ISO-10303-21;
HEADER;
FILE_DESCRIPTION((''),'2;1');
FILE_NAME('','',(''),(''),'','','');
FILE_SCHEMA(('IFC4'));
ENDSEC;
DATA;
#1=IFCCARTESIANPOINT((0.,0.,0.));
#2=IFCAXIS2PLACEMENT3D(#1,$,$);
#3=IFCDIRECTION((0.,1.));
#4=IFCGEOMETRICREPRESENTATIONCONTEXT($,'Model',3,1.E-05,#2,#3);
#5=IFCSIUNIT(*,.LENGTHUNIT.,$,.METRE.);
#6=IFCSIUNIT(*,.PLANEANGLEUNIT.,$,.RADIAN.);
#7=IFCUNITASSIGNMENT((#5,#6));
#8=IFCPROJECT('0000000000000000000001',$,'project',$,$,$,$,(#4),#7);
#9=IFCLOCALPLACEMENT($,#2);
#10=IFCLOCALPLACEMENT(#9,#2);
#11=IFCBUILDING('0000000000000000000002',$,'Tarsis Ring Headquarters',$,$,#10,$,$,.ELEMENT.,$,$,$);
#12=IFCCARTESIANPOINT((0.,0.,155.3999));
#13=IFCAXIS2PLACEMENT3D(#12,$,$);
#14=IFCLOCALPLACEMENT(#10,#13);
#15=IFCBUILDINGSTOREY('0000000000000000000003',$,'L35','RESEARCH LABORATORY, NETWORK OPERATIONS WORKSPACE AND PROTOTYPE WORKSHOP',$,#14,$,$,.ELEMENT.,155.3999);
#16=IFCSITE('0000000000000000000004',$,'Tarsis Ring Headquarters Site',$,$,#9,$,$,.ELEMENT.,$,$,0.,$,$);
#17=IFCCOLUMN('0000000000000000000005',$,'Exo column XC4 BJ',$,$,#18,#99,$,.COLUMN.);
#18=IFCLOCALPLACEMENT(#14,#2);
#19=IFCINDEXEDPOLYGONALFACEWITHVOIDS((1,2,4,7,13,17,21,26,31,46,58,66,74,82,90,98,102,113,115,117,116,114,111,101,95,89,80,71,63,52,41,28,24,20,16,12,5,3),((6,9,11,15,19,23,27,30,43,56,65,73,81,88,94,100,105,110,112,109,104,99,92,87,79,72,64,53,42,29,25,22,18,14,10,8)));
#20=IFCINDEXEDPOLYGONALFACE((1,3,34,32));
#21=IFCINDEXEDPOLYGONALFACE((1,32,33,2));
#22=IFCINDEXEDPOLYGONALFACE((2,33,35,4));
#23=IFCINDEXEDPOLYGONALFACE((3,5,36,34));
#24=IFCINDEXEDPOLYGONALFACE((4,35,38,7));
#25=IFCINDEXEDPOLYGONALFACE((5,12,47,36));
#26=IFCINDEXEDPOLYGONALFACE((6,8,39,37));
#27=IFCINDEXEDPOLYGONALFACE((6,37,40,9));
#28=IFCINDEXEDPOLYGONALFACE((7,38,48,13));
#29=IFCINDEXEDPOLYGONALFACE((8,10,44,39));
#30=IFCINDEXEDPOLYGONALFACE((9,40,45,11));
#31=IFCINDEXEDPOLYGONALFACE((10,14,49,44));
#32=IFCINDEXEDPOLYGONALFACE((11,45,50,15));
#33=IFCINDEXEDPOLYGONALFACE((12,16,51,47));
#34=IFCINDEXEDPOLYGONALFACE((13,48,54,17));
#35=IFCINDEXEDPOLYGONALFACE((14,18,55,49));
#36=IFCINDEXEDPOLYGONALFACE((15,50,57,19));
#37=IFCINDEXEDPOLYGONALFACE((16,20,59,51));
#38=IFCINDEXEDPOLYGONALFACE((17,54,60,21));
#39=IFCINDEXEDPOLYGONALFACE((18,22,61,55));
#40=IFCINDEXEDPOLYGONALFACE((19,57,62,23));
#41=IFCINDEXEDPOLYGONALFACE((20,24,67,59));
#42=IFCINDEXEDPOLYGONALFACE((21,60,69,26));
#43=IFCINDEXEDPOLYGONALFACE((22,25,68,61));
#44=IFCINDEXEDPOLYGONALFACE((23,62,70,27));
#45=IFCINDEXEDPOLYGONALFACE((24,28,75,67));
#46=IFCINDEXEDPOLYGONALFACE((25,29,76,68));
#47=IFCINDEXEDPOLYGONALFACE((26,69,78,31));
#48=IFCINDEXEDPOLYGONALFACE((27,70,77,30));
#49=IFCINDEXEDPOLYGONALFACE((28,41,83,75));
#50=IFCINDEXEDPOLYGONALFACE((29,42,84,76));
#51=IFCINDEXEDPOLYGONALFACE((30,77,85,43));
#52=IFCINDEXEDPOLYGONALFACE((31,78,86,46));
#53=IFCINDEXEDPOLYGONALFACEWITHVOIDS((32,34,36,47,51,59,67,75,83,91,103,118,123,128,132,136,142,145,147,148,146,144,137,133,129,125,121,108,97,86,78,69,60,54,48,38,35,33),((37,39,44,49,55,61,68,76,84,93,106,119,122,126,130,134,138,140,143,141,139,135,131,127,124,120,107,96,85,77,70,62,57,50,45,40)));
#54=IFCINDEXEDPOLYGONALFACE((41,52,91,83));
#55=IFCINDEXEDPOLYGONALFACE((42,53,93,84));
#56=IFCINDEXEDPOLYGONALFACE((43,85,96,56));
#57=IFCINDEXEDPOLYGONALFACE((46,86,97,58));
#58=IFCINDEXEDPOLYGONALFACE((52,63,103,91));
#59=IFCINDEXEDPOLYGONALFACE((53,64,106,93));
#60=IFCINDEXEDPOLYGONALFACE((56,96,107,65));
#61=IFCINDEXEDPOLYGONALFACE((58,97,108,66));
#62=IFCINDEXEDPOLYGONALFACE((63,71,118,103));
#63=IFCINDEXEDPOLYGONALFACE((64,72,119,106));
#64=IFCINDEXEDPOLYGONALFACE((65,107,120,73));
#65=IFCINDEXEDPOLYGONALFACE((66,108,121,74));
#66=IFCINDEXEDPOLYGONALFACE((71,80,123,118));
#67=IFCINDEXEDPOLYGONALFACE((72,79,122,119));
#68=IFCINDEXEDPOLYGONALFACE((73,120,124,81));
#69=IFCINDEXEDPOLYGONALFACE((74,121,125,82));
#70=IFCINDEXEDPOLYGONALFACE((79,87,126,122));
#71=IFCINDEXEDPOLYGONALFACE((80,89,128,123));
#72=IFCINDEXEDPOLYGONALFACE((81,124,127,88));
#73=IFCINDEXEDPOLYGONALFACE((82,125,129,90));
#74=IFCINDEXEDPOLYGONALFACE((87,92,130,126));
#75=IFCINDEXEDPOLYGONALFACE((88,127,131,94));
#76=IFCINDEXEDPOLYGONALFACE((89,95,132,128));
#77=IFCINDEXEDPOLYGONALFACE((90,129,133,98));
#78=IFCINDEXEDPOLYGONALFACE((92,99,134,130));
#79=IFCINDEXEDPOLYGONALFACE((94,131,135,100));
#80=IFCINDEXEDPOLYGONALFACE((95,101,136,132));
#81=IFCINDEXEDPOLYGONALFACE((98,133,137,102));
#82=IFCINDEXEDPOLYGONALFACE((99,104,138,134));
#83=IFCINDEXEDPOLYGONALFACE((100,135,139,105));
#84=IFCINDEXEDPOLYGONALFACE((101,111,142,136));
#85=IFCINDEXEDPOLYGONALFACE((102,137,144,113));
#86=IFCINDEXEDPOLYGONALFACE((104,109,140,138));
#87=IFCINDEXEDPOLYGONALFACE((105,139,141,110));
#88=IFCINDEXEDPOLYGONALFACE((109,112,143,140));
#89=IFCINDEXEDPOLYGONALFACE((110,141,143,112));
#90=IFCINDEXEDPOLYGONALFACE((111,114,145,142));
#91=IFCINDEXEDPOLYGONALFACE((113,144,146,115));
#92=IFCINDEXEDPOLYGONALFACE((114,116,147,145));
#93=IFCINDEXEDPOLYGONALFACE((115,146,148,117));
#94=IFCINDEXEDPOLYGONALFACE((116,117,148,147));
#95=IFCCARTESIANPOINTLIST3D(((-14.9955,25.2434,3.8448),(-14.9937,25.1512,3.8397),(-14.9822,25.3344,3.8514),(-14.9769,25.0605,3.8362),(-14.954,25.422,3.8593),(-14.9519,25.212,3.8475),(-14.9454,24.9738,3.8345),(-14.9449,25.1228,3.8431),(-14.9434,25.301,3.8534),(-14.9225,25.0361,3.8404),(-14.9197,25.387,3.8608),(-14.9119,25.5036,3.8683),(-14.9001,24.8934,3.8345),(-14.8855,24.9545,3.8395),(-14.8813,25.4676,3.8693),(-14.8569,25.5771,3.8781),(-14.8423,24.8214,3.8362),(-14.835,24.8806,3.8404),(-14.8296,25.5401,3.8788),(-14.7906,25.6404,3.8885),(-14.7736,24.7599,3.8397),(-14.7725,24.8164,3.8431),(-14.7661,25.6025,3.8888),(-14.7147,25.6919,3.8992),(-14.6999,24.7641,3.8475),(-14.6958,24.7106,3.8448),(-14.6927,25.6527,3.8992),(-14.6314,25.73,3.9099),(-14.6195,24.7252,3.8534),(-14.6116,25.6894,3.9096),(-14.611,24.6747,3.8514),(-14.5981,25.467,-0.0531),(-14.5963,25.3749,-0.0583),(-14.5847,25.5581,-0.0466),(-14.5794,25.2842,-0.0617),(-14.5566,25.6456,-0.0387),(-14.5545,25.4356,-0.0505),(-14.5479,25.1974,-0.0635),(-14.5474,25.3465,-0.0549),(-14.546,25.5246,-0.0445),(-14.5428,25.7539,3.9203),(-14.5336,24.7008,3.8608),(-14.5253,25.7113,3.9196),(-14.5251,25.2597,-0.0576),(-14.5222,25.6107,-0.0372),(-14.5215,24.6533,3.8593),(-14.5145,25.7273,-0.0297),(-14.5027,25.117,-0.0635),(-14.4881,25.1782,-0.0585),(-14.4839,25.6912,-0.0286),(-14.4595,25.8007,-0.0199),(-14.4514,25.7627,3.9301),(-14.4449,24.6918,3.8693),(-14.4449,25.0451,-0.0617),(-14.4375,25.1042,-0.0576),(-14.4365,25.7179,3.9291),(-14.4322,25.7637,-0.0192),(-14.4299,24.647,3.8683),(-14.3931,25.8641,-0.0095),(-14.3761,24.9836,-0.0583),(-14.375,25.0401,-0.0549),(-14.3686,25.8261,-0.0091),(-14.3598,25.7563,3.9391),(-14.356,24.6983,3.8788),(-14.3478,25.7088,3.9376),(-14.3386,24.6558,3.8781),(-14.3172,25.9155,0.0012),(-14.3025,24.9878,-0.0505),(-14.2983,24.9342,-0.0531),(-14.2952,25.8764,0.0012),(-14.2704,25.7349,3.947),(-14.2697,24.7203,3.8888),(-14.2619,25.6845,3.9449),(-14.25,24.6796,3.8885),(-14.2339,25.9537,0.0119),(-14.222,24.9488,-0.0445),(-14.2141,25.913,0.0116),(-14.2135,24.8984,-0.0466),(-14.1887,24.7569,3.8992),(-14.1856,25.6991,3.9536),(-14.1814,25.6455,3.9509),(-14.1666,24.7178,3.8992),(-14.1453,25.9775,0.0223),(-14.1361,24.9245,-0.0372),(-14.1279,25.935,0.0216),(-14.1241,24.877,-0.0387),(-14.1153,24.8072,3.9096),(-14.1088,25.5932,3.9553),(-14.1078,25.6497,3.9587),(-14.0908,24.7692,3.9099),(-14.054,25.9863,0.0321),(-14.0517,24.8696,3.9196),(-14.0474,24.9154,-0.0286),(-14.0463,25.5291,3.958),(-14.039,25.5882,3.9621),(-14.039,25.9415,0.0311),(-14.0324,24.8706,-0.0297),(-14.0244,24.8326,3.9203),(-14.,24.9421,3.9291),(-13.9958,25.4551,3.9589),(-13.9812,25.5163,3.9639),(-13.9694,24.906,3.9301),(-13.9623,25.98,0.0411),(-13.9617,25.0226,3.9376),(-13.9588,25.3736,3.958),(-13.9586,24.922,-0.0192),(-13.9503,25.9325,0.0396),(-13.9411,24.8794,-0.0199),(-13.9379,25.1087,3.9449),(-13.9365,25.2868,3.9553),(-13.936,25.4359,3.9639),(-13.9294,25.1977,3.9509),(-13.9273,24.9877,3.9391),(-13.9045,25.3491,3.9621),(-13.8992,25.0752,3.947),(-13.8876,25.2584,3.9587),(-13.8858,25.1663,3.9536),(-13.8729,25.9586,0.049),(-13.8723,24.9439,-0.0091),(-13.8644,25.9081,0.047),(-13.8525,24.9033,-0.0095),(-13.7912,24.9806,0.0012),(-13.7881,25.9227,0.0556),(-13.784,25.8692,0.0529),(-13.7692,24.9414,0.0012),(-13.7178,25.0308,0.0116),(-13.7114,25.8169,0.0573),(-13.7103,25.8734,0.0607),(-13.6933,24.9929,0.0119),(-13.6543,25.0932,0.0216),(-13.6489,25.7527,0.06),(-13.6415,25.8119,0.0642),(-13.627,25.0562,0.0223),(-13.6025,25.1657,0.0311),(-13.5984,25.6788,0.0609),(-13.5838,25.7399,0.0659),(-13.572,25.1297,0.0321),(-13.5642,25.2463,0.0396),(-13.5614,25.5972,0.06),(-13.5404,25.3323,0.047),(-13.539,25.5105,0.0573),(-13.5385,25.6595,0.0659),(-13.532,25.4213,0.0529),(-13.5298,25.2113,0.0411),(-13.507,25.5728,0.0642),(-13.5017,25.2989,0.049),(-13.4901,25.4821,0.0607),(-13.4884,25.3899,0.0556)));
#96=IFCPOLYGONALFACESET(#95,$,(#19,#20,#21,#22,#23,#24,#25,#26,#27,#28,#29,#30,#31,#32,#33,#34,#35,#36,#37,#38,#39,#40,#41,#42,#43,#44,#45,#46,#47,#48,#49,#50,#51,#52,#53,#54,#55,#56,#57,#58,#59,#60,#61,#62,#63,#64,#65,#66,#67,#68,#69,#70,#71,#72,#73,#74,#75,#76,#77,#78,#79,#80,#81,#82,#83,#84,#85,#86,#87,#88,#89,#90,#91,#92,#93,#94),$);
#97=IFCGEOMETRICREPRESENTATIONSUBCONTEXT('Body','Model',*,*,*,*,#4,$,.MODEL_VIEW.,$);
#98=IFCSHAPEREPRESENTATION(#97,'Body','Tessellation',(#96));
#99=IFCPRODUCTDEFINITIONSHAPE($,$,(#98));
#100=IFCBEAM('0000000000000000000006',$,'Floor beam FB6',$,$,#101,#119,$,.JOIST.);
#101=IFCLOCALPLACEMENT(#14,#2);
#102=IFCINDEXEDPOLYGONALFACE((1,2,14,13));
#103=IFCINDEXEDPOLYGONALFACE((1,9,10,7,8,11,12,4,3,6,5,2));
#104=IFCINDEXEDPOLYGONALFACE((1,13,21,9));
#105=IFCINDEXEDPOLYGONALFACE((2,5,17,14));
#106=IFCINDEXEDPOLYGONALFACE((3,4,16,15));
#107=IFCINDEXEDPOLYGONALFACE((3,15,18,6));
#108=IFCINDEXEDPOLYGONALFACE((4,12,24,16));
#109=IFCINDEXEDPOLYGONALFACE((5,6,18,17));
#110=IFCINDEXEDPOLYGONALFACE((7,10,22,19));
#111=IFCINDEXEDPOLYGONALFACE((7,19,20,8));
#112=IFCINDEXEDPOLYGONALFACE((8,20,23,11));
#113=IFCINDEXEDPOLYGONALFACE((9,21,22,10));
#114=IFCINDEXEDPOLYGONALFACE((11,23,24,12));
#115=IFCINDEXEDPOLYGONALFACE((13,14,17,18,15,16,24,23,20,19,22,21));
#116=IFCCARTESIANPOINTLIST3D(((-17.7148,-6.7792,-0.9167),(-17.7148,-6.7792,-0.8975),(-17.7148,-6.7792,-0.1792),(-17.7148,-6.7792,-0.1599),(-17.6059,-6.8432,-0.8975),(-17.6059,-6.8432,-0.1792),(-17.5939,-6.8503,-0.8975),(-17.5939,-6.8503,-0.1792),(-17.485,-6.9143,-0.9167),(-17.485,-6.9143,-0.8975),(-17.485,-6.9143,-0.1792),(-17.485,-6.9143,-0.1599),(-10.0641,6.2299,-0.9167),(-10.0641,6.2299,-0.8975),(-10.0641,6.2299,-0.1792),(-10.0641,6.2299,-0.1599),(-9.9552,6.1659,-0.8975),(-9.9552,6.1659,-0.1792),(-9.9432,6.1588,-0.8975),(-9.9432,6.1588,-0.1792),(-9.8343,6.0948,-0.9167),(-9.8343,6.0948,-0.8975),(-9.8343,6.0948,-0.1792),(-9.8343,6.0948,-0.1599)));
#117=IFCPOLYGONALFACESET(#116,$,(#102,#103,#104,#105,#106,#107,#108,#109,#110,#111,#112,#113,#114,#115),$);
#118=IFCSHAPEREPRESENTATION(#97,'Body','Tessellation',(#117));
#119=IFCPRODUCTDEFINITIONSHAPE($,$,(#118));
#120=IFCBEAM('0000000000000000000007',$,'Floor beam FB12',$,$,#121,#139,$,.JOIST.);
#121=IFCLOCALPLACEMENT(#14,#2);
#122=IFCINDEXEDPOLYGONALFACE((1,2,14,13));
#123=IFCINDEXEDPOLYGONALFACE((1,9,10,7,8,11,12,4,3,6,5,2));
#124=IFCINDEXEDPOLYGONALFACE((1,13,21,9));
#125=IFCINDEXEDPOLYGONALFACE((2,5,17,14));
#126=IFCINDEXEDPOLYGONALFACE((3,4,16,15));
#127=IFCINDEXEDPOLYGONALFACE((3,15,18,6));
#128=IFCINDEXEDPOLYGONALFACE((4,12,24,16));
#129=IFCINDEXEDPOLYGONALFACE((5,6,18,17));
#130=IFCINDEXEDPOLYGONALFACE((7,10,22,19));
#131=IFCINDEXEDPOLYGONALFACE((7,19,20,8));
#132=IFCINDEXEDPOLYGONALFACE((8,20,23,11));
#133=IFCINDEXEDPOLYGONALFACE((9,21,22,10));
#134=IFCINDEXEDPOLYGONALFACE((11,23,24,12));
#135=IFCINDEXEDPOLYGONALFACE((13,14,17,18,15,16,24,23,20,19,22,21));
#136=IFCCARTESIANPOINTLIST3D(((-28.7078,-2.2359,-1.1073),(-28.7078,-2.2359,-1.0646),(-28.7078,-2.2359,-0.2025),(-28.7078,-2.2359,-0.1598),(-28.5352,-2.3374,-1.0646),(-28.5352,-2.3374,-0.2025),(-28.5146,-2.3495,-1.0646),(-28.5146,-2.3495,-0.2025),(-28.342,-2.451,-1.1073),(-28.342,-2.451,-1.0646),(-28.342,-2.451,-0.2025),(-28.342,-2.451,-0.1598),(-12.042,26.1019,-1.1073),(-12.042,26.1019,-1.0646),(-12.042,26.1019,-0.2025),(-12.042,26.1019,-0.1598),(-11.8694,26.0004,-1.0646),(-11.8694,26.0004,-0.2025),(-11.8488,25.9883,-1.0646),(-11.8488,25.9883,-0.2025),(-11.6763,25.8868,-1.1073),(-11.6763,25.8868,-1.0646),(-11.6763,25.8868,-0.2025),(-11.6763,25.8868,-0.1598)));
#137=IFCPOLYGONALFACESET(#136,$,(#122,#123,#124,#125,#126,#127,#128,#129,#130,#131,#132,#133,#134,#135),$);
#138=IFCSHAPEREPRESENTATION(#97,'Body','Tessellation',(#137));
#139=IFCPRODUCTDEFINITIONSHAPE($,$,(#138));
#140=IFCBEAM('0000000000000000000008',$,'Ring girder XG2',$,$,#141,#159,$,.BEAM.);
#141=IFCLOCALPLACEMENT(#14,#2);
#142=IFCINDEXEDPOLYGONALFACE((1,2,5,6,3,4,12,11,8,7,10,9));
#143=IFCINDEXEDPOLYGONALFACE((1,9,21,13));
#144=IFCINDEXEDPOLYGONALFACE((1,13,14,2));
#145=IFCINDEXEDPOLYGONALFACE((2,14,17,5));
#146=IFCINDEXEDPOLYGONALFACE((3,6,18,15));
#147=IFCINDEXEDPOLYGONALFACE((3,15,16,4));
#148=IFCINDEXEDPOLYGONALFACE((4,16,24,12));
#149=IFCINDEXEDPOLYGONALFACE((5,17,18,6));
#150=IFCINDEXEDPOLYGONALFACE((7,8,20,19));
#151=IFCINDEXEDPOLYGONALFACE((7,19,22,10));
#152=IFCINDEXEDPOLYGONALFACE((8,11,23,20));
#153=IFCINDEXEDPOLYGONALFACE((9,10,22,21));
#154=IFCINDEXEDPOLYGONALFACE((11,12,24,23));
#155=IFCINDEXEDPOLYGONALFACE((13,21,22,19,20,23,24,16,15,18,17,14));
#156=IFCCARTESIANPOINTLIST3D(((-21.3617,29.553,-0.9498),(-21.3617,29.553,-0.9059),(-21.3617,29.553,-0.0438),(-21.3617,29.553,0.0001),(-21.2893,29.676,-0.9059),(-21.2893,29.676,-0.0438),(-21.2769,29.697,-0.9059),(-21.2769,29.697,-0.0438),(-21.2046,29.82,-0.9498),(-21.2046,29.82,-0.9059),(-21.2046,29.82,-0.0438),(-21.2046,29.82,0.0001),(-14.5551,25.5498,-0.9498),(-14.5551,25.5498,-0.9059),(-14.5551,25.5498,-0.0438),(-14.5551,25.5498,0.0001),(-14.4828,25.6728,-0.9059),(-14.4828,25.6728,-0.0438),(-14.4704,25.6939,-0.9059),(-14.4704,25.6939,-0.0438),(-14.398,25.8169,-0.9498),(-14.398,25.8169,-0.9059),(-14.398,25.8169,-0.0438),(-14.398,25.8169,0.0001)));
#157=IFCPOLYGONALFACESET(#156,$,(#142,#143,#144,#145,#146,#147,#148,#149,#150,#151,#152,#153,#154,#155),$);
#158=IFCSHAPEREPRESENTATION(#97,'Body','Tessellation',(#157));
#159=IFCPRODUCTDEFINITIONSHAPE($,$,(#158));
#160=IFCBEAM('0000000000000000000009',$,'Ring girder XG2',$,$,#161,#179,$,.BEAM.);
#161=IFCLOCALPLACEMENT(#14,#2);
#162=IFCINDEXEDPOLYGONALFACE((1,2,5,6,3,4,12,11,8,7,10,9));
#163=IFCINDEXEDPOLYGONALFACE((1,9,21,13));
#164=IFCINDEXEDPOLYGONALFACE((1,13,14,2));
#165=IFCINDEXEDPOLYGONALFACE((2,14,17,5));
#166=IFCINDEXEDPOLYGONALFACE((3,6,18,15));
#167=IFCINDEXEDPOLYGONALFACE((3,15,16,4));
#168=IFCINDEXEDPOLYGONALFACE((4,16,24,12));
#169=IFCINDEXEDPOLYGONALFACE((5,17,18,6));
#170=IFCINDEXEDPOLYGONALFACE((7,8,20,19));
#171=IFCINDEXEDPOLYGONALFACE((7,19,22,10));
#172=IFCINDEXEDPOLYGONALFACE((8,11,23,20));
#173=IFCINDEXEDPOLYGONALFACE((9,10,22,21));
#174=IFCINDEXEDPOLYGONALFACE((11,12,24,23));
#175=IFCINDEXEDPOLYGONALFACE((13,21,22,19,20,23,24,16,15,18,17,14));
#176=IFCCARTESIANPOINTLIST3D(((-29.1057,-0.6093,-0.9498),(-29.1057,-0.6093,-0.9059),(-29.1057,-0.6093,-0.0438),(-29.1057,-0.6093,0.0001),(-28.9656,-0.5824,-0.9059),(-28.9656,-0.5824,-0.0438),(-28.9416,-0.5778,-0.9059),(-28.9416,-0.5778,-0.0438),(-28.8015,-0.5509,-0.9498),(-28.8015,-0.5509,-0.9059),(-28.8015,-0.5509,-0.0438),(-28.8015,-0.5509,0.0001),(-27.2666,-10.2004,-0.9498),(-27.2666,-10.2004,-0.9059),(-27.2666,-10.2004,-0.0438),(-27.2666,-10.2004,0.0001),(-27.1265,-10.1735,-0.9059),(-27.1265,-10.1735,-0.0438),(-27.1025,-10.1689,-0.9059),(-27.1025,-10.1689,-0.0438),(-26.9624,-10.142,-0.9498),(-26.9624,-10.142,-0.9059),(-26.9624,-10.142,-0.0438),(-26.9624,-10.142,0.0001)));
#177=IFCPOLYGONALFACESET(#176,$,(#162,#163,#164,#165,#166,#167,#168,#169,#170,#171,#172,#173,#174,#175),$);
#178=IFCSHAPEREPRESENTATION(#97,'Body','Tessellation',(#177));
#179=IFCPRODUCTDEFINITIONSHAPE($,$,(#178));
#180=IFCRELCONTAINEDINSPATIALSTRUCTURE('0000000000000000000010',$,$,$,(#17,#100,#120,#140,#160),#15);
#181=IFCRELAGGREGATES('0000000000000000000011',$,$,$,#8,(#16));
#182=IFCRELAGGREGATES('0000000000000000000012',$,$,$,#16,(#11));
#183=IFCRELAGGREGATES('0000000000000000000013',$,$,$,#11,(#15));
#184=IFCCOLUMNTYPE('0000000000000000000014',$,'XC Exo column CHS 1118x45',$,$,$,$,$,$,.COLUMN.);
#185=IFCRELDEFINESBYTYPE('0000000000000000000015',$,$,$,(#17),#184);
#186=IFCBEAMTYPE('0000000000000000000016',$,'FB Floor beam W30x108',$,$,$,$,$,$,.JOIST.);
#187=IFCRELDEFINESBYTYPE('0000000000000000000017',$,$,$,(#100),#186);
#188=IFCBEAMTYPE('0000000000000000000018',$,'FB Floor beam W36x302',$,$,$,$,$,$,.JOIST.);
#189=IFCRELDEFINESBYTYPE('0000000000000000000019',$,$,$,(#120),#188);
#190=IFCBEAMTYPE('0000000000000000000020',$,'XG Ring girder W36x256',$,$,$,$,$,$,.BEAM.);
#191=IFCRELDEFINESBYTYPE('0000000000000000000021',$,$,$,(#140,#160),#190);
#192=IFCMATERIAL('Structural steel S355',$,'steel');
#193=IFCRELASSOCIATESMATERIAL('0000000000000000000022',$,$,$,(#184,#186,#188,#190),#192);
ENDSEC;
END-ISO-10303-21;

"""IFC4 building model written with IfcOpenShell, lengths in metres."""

from ifc_helpers import new_model, si_unit, direction, frame, origin, origin_2d, place, context, subcontext, project, spatial, hollow_circle, i_section, extrude, material, material_profile, profile_set, type_object, element, save


model = new_model("IFC4")

# Units and contexts
model_context = context("Model", 3, precision=1e-05, world=origin(), true_north=direction((0.0, 1.0)))
body_context = subcontext(model_context, "Body", "Model", "MODEL_VIEW")
ifc_project = project(units=[si_unit("LENGTHUNIT", "METRE"), si_unit("PLANEANGLEUNIT", "RADIAN")], contexts=[model_context])

# Site, building, storey
site_placement = place(None, origin())
site = spatial("IfcSite", under=ifc_project, at=site_placement, Name="Tarsis Ring Headquarters Site", CompositionType="ELEMENT", RefElevation=0.0)
building_placement = place(site_placement, origin())
building = spatial("IfcBuilding", under=site, at=building_placement, Name="Tarsis Ring Headquarters", CompositionType="ELEMENT")
storey_placement = place(building_placement, frame((0.0, 0.0, 155.3999)))
storey = spatial("IfcBuildingStorey", under=building, at=storey_placement, Name="L35", Description="RESEARCH LABORATORY, NETWORK OPERATIONS WORKSPACE AND PROTOTYPE WORKSHOP", CompositionType="ELEMENT", Elevation=155.3999)

# Column
ifc_material_1 = material(Name="Structural steel S355", Category="steel")
ifc_material_profile_1 = material_profile(ifc_material_1, hollow_circle(Radius=0.5588, WallThickness=0.0449, at=origin_2d()), Name="CHS 1118x45")
ifc_profile_set_1 = profile_set([ifc_material_profile_1], Name="Structural steel S355")
column_type = type_object("IfcColumnType", Name="XC Exo column CHS 1118x45", PredefinedType="COLUMN", material=ifc_profile_set_1)
column_placement = place(storey_placement, frame((-14.0432, 25.4285, 0.0012), z_axis=(-0.101276, -0.056983, 0.993225), x_axis=(0.490363, -0.871518, 0.0)))
element("IfcColumn", 1, at=column_placement, inside=storey, type_object=column_type, Name="Exo column XC4 BJ", PredefinedType="COLUMN", context=body_context, shape_type="SweptSolid", body=[
    extrude(hollow_circle(Radius=0.5588, WallThickness=0.0449, at=origin_2d()), origin(), (0.0, 0.0, 1.0), 3.9246),
])

# Beams
ifc_material_profile_2 = material_profile(ifc_material_1, i_section(OverallWidth=0.2666, OverallDepth=0.7568, WebThickness=0.0139, FlangeThickness=0.0193, at=origin_2d()), Name="W30x108")
ifc_profile_set_2 = profile_set([ifc_material_profile_2], Name="Structural steel S355")
beam_type_1 = type_object("IfcBeamType", Name="FB Floor beam W30x108", PredefinedType="JOIST", material=ifc_profile_set_2)
beam_1_placement = place(storey_placement, frame((-9.9492, 6.1624, -0.5383), z_axis=(-0.506935, -0.861985, 0.0), x_axis=(0.861985, -0.506935, 0.0)))
element("IfcBeam", 2, at=beam_1_placement, inside=storey, type_object=beam_type_1, Name="Floor beam FB6", PredefinedType="JOIST", context=body_context, shape_type="SweptSolid", body=[
    extrude(i_section(OverallWidth=0.2666, OverallDepth=0.7568, WebThickness=0.0139, FlangeThickness=0.0193, at=origin_2d()), origin(), (0.0, 0.0, 1.0), 15.092),
])
ifc_material_profile_3 = material_profile(ifc_material_1, i_section(OverallWidth=0.4243, OverallDepth=0.9475, WebThickness=0.0239, FlangeThickness=0.0427, at=origin_2d()), Name="W36x302")
ifc_profile_set_3 = profile_set([ifc_material_profile_3], Name="Structural steel S355")
beam_type_2 = type_object("IfcBeamType", Name="FB Floor beam W36x302", PredefinedType="JOIST", material=ifc_profile_set_3)
beam_2_placement = place(storey_placement, frame((-11.8591, 25.9944, -0.6335), z_axis=(-0.506939, -0.861982, 0.0), x_axis=(0.861982, -0.506939, 0.0)))
element("IfcBeam", 3, at=beam_2_placement, inside=storey, type_object=beam_type_2, Name="Floor beam FB12", PredefinedType="JOIST", context=body_context, shape_type="SweptSolid", body=[
    extrude(i_section(OverallWidth=0.4243, OverallDepth=0.9475, WebThickness=0.0239, FlangeThickness=0.0427, at=origin_2d()), origin(), (0.0, 0.0, 1.0), 32.8752),
])
ifc_material_profile_4 = material_profile(ifc_material_1, i_section(OverallWidth=0.3098, OverallDepth=0.95, WebThickness=0.0244, FlangeThickness=0.0439, at=origin_2d()), Name="W36x256")
ifc_profile_set_4 = profile_set([ifc_material_profile_4], Name="Structural steel S355")
beam_type_3 = type_object("IfcBeamType", Name="XG Ring girder W36x256", PredefinedType="BEAM", material=ifc_profile_set_4)
beam_3_placement = place(storey_placement, frame((-14.4766, 25.6833, -0.4749), z_axis=(-0.861975, 0.506951, 0.0), x_axis=(-0.506951, -0.861975, 0.0)))
element("IfcBeam", 4, at=beam_3_placement, inside=storey, type_object=beam_type_3, Name="Ring girder XG2", PredefinedType="BEAM", context=body_context, shape_type="SweptSolid", body=[
    extrude(i_section(OverallWidth=0.3098, OverallDepth=0.95, WebThickness=0.0244, FlangeThickness=0.0439, at=origin_2d()), origin(), (0.0, 0.0, 1.0), 7.8965),
])
beam_4_placement = place(storey_placement, frame((-28.9536, -0.5801, -0.4749), z_axis=(0.188322, -0.982107, 0.0), x_axis=(0.982107, 0.188322, 0.0)))
element("IfcBeam", 5, at=beam_4_placement, inside=storey, type_object=beam_type_3, Name="Ring girder XG2", PredefinedType="BEAM", context=body_context, shape_type="SweptSolid", body=[
    extrude(i_section(OverallWidth=0.3098, OverallDepth=0.95, WebThickness=0.0244, FlangeThickness=0.0439, at=origin_2d()), origin(), (0.0, 0.0, 1.0), 9.7659),
])

save(model, "model.ifc")
